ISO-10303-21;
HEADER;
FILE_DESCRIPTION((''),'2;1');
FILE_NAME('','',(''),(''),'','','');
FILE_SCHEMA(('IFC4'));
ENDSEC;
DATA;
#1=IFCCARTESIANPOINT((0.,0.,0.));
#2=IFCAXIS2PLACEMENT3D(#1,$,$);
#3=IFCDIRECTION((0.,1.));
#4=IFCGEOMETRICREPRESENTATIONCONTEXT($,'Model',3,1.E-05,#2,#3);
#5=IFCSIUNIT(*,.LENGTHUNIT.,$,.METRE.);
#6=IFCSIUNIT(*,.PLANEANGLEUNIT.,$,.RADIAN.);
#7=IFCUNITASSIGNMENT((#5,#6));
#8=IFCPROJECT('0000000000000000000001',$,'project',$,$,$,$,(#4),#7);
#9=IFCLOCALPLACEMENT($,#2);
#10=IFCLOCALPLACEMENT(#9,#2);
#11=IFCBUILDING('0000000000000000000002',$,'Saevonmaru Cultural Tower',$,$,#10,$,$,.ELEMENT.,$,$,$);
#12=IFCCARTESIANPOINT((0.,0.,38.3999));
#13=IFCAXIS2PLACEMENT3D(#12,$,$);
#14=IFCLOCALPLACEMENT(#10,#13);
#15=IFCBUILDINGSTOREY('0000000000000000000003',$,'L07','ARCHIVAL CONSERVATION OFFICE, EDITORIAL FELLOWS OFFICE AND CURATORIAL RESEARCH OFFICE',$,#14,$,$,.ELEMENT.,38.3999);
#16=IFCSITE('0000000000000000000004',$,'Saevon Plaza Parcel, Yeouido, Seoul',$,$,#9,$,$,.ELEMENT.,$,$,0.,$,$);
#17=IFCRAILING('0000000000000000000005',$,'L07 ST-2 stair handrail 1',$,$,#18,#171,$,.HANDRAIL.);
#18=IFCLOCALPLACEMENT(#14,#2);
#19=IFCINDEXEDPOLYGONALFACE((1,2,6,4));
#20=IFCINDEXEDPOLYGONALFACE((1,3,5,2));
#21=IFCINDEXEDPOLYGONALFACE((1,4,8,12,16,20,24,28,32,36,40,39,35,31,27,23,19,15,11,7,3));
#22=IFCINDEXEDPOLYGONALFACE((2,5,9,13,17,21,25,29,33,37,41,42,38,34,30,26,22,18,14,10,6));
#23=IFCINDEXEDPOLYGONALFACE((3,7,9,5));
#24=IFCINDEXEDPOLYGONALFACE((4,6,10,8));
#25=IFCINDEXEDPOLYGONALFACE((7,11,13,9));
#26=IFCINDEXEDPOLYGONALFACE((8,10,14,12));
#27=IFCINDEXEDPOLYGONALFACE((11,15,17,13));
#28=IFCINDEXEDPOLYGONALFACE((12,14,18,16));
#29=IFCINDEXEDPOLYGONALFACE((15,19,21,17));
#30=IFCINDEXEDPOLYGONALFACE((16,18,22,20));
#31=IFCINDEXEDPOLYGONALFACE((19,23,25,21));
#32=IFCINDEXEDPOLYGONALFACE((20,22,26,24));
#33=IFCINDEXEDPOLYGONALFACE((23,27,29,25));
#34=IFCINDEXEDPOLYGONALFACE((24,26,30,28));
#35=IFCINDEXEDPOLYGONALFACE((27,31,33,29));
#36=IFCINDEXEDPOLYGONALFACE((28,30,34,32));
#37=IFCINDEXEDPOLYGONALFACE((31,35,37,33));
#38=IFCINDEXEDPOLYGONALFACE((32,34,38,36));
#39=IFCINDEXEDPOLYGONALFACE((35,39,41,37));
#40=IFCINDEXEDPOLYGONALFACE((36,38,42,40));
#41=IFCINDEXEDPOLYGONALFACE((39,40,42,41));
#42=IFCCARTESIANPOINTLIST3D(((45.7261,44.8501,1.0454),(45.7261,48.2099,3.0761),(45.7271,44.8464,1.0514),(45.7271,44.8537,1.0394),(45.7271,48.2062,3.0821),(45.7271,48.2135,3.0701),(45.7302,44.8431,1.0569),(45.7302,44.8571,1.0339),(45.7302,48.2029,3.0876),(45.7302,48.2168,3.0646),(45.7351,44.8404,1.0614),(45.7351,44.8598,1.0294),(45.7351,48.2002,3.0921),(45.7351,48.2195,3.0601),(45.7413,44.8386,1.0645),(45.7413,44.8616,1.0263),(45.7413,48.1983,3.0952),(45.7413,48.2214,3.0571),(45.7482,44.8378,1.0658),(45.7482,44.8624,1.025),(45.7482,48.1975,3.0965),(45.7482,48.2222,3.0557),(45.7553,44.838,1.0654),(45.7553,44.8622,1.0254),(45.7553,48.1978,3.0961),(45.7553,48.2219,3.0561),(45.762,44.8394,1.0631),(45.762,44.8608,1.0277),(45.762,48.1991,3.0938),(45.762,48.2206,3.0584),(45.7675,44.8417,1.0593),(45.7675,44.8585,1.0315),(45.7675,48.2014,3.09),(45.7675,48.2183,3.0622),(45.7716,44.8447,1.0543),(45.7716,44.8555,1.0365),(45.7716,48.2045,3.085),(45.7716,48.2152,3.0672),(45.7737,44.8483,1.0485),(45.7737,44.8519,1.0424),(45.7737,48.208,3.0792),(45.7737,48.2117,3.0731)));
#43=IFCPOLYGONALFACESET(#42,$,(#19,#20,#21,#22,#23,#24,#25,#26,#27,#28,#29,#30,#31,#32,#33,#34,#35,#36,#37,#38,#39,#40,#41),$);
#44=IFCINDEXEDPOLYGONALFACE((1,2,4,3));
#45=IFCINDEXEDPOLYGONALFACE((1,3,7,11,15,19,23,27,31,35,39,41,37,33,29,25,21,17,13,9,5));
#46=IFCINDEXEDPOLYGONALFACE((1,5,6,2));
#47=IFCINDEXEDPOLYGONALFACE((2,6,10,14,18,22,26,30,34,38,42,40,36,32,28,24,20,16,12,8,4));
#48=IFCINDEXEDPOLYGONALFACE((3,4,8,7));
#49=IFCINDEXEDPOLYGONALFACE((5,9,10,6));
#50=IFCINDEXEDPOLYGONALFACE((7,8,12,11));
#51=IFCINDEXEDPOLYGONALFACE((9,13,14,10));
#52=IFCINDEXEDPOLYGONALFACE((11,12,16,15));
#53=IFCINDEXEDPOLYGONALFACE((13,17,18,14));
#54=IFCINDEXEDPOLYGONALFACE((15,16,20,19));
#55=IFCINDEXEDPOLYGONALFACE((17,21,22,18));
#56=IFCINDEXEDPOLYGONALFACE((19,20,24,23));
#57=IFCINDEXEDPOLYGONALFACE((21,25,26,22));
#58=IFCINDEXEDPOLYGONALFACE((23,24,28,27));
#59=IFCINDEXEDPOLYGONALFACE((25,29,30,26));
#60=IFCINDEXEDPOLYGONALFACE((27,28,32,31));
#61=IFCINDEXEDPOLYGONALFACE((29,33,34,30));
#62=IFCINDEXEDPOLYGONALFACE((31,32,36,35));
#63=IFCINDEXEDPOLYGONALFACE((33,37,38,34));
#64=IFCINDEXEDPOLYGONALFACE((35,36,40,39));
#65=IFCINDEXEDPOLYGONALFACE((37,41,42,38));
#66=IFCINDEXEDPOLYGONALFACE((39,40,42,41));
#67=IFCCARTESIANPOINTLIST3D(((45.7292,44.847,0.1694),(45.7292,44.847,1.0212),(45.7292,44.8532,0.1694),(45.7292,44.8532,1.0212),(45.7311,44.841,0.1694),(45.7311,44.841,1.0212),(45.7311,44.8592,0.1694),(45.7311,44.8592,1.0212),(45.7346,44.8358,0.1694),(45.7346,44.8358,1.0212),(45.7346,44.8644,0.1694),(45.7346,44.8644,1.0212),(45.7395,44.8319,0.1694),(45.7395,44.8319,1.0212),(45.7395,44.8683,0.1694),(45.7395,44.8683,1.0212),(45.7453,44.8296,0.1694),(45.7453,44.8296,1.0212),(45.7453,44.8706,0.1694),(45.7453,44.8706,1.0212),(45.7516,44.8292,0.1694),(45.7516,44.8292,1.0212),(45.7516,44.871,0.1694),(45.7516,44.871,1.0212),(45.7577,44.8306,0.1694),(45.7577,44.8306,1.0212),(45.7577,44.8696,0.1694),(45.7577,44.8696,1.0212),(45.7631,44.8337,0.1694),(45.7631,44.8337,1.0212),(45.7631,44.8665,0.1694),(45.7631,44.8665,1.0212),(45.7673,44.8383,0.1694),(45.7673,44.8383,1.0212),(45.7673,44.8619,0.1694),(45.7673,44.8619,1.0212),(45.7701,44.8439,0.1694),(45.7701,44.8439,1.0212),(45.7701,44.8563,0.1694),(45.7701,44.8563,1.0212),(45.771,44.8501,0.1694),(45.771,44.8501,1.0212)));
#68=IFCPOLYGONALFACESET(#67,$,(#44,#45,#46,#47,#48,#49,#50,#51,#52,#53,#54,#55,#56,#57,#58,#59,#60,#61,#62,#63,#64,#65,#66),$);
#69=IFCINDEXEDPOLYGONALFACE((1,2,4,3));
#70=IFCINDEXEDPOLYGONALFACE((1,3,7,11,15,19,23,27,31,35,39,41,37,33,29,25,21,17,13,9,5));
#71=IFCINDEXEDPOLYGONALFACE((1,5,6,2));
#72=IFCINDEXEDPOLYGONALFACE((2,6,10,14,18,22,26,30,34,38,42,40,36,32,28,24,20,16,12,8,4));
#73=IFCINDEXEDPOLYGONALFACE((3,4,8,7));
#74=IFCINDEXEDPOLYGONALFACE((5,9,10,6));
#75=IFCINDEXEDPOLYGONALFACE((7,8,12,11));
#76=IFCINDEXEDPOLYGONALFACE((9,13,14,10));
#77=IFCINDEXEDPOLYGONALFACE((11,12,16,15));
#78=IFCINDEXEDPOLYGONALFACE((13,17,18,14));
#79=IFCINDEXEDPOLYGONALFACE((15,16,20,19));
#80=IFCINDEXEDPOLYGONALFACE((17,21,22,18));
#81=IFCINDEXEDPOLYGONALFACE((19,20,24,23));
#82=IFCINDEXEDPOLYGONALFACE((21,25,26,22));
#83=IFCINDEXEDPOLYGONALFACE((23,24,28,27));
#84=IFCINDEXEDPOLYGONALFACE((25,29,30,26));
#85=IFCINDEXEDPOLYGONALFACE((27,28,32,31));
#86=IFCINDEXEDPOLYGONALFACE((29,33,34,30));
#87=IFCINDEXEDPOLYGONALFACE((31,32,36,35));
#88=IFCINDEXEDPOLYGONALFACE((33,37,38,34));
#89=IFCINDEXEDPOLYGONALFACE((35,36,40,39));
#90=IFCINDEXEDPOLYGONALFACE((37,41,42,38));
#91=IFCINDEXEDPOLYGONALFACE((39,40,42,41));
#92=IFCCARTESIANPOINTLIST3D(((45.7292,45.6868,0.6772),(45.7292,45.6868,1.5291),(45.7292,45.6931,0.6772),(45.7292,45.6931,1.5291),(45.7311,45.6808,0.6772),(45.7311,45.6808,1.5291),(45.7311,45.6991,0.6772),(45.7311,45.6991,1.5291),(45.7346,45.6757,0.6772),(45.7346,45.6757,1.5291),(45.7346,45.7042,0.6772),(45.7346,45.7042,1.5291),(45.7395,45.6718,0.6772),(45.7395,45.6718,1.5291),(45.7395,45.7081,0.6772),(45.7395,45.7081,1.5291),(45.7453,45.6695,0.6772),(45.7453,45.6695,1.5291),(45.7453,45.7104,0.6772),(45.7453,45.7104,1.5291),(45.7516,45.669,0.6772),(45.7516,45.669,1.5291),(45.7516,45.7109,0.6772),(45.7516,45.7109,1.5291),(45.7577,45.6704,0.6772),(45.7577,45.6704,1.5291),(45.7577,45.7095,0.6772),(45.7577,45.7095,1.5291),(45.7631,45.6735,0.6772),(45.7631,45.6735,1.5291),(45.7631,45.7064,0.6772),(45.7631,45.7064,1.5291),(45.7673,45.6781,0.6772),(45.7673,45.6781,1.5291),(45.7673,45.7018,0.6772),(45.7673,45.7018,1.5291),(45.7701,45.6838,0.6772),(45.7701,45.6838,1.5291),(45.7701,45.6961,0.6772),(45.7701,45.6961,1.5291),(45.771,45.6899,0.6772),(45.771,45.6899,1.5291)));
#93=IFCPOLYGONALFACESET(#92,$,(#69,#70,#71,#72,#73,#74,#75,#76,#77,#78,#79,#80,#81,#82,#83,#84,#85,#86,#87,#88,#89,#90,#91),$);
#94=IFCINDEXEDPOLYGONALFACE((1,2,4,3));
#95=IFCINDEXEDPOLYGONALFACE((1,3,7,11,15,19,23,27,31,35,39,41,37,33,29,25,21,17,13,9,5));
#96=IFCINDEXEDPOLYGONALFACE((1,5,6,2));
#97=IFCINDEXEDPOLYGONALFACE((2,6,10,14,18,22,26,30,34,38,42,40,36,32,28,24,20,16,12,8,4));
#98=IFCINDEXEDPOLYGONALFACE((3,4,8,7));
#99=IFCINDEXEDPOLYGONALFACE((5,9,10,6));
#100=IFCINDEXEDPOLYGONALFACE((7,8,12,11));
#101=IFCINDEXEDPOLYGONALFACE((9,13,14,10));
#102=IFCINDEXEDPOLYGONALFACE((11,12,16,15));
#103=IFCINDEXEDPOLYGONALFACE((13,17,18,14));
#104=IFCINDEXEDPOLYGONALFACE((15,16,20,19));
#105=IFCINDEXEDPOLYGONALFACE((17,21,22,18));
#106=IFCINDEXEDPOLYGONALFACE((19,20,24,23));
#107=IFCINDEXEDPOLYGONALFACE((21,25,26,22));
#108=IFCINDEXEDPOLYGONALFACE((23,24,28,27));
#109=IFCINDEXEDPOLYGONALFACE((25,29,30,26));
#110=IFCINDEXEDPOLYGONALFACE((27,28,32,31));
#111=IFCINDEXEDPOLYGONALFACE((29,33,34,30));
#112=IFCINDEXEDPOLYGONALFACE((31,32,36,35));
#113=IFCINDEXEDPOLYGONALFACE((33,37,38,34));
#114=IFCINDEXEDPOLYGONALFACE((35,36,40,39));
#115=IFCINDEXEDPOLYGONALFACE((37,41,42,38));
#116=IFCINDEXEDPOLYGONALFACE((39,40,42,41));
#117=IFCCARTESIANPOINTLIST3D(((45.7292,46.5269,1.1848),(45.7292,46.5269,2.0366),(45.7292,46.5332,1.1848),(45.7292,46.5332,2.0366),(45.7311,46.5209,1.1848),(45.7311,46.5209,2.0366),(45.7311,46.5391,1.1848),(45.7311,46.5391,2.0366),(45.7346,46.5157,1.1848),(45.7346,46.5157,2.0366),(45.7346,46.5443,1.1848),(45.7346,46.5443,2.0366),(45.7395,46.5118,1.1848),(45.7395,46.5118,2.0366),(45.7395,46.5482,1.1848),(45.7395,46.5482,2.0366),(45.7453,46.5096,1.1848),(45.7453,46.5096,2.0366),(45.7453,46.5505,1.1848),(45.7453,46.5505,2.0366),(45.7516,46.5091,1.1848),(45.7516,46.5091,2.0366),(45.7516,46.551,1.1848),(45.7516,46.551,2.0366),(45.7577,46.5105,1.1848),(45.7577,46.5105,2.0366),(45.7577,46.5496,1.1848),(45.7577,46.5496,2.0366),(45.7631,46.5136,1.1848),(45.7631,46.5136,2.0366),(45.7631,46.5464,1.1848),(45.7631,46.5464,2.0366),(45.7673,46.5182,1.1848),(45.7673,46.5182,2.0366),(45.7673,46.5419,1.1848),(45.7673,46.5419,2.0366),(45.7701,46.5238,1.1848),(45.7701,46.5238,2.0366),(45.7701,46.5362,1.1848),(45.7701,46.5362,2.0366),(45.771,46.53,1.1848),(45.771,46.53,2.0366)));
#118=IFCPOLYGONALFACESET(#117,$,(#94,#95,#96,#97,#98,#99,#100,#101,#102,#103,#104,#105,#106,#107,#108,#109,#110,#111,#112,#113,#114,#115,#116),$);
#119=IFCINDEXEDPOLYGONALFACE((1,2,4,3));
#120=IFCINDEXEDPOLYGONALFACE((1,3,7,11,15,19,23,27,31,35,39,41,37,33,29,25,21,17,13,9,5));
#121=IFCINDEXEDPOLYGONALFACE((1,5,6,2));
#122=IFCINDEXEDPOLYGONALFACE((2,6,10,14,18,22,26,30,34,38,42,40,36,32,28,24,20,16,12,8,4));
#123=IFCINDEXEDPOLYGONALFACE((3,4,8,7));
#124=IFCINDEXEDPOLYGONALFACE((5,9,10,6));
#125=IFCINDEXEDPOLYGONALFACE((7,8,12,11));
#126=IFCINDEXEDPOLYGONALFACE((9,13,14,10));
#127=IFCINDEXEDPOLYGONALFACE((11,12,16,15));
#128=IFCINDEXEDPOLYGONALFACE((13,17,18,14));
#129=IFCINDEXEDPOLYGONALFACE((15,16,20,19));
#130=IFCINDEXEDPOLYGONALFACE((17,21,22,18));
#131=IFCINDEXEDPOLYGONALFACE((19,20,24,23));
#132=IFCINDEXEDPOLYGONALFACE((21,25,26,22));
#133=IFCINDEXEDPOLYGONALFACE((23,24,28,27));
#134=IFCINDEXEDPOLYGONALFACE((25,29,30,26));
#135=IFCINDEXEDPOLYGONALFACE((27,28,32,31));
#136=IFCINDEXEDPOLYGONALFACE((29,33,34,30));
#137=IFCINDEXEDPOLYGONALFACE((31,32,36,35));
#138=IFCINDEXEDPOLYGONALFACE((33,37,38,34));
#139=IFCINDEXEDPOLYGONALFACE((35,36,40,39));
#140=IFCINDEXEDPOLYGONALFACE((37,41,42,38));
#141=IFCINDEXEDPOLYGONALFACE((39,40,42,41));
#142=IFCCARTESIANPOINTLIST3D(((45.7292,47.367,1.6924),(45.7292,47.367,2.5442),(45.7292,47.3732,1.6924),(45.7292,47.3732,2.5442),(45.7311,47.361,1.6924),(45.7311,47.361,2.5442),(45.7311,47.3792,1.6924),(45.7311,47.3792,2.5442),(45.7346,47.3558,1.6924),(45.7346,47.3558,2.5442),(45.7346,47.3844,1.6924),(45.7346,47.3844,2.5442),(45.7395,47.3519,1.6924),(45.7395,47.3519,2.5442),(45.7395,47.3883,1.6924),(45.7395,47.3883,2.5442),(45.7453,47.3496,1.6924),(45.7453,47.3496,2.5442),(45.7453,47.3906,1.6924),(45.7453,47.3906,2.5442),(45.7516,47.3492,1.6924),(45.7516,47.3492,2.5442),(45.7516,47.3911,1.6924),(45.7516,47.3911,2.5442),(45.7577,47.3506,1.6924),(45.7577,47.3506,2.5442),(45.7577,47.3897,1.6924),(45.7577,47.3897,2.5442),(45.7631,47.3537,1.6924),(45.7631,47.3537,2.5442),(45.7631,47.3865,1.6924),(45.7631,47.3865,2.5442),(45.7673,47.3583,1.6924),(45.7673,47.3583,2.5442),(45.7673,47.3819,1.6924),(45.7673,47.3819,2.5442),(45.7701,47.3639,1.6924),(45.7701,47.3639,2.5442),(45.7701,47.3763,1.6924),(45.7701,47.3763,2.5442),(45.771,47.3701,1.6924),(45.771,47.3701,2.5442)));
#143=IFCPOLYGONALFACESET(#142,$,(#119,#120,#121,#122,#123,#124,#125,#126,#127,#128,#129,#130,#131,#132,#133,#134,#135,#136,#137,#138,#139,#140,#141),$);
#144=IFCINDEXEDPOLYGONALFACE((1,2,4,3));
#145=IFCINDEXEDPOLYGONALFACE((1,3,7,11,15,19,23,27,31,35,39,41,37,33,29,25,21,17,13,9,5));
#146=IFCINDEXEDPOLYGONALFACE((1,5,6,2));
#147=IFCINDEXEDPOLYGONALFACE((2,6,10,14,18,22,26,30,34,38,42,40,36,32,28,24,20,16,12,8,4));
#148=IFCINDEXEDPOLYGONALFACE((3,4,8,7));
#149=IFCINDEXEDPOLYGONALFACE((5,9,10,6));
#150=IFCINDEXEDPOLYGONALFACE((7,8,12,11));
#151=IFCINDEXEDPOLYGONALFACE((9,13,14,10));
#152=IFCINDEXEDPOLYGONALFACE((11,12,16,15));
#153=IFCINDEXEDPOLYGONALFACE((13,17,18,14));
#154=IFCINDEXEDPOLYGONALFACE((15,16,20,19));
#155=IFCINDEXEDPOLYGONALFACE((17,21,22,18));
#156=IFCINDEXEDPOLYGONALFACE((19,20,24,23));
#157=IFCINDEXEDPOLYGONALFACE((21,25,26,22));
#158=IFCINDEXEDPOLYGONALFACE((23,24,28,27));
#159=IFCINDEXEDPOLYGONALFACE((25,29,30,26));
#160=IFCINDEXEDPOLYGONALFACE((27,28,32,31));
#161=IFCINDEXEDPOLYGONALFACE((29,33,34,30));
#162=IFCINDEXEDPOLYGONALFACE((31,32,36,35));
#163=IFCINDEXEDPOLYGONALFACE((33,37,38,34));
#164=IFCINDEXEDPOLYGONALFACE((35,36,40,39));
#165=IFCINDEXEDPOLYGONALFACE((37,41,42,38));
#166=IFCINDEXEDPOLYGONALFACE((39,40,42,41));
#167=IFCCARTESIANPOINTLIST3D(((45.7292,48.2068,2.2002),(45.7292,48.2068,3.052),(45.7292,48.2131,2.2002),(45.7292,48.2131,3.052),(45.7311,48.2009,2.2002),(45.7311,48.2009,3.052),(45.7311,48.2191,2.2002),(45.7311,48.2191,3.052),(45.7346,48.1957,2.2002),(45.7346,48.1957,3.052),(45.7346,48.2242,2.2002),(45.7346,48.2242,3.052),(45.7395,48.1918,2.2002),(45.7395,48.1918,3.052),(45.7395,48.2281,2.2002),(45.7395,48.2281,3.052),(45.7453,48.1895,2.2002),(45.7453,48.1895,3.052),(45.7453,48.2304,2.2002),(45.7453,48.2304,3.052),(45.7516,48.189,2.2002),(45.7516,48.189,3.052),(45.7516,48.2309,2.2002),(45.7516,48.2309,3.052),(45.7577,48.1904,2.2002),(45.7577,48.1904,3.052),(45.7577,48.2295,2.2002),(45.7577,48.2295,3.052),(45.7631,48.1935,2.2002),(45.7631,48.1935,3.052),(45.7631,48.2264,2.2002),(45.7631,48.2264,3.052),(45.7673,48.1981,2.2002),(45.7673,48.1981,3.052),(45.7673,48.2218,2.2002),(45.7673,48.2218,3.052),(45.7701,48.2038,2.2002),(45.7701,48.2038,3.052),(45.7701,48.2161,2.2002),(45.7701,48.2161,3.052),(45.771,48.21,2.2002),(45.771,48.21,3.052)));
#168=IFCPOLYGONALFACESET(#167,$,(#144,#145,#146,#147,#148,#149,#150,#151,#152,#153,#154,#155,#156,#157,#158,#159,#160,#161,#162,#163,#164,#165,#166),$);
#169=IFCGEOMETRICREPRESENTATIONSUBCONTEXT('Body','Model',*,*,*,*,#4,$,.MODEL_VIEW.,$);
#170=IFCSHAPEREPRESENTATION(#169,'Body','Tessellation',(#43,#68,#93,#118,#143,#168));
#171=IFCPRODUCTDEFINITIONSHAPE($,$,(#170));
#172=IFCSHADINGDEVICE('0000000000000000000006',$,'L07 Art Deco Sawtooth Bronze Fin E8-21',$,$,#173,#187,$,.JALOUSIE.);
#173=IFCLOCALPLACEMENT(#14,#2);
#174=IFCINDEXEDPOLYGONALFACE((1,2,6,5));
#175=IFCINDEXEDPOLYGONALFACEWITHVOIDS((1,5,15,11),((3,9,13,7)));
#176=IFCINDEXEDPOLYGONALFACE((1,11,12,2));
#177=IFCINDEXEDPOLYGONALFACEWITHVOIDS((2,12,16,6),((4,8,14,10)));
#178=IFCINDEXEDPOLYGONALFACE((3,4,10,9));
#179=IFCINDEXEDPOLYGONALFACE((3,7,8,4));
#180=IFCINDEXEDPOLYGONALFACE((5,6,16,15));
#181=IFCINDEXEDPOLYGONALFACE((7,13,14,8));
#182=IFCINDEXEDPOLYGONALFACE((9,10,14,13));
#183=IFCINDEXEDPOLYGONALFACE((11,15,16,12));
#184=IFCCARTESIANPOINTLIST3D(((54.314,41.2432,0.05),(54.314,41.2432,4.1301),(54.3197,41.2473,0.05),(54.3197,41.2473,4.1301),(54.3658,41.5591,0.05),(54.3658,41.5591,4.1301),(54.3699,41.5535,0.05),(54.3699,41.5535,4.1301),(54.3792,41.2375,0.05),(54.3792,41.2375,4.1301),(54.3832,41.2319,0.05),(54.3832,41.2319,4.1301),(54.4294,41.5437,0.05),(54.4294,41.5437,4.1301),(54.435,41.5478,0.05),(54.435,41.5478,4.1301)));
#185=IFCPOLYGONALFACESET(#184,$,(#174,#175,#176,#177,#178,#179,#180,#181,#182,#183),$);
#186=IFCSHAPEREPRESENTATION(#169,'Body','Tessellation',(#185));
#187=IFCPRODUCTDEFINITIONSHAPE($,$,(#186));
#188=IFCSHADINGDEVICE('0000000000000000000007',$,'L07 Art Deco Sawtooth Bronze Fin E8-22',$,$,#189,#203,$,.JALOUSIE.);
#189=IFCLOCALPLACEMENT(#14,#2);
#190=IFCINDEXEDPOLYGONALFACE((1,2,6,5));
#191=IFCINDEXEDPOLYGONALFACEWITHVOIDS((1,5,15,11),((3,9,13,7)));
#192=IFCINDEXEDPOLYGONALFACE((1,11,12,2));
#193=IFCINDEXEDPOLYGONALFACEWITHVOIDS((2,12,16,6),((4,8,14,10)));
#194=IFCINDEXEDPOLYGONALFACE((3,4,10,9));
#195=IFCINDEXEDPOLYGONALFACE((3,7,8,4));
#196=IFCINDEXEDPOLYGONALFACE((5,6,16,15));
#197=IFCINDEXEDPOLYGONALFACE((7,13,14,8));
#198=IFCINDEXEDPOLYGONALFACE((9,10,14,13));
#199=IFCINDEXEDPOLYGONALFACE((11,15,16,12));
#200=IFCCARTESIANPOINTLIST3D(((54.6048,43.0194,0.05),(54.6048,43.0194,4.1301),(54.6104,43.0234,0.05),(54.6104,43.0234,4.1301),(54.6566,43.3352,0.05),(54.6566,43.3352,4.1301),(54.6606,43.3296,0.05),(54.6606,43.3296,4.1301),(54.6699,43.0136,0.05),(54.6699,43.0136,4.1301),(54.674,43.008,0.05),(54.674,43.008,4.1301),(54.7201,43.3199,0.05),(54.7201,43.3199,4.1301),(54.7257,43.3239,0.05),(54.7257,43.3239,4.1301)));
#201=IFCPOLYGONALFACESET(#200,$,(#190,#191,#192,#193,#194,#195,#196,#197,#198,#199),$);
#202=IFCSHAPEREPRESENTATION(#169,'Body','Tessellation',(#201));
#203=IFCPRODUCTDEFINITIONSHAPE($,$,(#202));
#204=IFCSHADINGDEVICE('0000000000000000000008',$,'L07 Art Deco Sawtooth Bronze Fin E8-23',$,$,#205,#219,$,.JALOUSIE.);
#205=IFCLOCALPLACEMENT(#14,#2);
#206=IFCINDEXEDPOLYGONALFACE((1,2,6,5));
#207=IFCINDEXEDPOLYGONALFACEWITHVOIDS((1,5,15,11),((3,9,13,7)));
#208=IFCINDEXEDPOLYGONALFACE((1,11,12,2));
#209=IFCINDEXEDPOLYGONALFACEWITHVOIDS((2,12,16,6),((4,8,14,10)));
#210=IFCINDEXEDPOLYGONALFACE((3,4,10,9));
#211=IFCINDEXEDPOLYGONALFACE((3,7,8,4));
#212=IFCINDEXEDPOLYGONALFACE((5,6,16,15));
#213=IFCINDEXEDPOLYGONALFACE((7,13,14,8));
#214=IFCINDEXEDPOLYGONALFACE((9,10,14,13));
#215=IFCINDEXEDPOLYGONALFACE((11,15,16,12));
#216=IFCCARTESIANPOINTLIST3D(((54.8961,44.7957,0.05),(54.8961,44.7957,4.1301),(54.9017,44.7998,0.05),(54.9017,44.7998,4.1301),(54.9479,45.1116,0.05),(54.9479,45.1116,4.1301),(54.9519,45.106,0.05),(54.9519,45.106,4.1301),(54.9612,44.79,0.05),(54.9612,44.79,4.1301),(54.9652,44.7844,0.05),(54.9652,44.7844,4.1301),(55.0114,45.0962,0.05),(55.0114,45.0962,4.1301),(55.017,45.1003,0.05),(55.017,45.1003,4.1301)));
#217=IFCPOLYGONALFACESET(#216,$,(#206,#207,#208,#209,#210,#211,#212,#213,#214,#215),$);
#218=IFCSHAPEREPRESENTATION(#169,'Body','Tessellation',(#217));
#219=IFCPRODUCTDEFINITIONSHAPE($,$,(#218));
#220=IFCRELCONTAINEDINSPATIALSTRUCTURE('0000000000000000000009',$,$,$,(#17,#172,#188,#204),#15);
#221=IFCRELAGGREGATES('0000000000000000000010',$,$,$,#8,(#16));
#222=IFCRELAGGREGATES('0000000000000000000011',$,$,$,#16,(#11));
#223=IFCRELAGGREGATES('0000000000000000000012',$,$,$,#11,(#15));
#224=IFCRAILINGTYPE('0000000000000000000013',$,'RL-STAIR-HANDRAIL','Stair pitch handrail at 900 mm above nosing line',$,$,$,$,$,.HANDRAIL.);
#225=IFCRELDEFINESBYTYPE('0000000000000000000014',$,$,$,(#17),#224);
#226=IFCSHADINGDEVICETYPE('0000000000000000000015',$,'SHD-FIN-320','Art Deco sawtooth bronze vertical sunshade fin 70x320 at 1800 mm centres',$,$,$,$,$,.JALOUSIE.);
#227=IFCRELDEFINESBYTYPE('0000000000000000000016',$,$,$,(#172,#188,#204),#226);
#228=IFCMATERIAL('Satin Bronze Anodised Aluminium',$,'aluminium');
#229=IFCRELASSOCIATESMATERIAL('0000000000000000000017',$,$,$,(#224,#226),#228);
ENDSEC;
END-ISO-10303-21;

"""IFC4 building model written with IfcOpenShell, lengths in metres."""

from ifc_helpers import new_model, si_unit, direction, frame, origin, origin_2d, place, context, subcontext, project, spatial, hollow_rectangle, circle, extrude, material, material_profile, profile_set, type_object, element, save


model = new_model("IFC4")

# Units and contexts
model_context = context("Model", 3, precision=1e-05, world=origin(), true_north=direction((0.0, 1.0)))
body_context = subcontext(model_context, "Body", "Model", "MODEL_VIEW")
ifc_project = project(units=[si_unit("LENGTHUNIT", "METRE"), si_unit("PLANEANGLEUNIT", "RADIAN")], contexts=[model_context])

# Site, building, storey
site_placement = place(None, origin())
site = spatial("IfcSite", under=ifc_project, at=site_placement, Name="Saevon Plaza Parcel, Yeouido, Seoul", CompositionType="ELEMENT", RefElevation=0.0)
building_placement = place(site_placement, origin())
building = spatial("IfcBuilding", under=site, at=building_placement, Name="Saevonmaru Cultural Tower", CompositionType="ELEMENT")
storey_placement = place(building_placement, frame((0.0, 0.0, 38.3999)))
storey = spatial("IfcBuildingStorey", under=building, at=storey_placement, Name="L07", Description="ARCHIVAL CONSERVATION OFFICE, EDITORIAL FELLOWS OFFICE AND CURATORIAL RESEARCH OFFICE", CompositionType="ELEMENT", Elevation=38.3999)

# Shared definitions
ifc_material_1 = material(Name="Satin Bronze Anodised Aluminium", Category="aluminium")

# Railing
railing_type = type_object("IfcRailingType", Name="RL-STAIR-HANDRAIL", Description="Stair pitch handrail at 900 mm above nosing line", PredefinedType="HANDRAIL", material=ifc_material_1)
railing_placement = place(storey_placement, frame((45.75, 44.8501, 0.1694)))
element("IfcRailing", 1, at=railing_placement, inside=storey, type_object=railing_type, Name="L07 ST-2 stair handrail 1", PredefinedType="HANDRAIL", context=body_context, shape_type="SweptSolid", body=[
    extrude(circle(Radius=0.0239, at=origin_2d()), frame((0.0, 0.0, 0.876), z_axis=(0.0, 0.85582, 0.517273), x_axis=(-1.0, 0.0, 0.0)), (0.0, 0.0, 1.0), 3.9258),
    extrude(circle(Radius=0.021, at=origin_2d()), origin(), (0.0, 0.0, 1.0), 0.8518),
    extrude(circle(Radius=0.021, at=origin_2d()), frame((0.0, 0.8398, 0.5078)), (0.0, 0.0, 1.0), 0.8518),
    extrude(circle(Radius=0.021, at=origin_2d()), frame((0.0, 1.6799, 1.0154)), (0.0, 0.0, 1.0), 0.8518),
    extrude(circle(Radius=0.021, at=origin_2d()), frame((0.0, 2.52, 1.5229)), (0.0, 0.0, 1.0), 0.8518),
    extrude(circle(Radius=0.021, at=origin_2d()), frame((0.0, 3.3599, 2.0308)), (0.0, 0.0, 1.0), 0.8518),
])

# Shading devices
ifc_material_profile_1 = material_profile(ifc_material_1, hollow_rectangle(XDim=0.0701, YDim=0.3201, WallThickness=0.0049, at=origin_2d()), Name="FIN-320x70")
ifc_profile_set_1 = profile_set([ifc_material_profile_1], Name="Satin Bronze Anodised Aluminium")
shading_device_type = type_object("IfcShadingDeviceType", Name="SHD-FIN-320", Description="Art Deco sawtooth bronze vertical sunshade fin 70x320 at 1800 mm centres", PredefinedType="JALOUSIE", material=ifc_profile_set_1)
for number, where, z_axis, x_axis, name in (
    (2, (54.3745, 41.3955, 0.05), (0.0, 0.0, 1.0), (0.986827, -0.161776, 0.0), "L07 Art Deco Sawtooth Bronze Fin E8-21"),
    (3, (54.6653, 43.1716, 0.05), (0.0, 0.0, 1.0), (0.986827, -0.161776, 0.0), "L07 Art Deco Sawtooth Bronze Fin E8-22"),
    (4, (54.9565, 44.948, 0.05), (0.0, 0.0, 1.0), (0.986827, -0.161776, 0.0), "L07 Art Deco Sawtooth Bronze Fin E8-23"),
):
    element("IfcShadingDevice", number, at=place(storey_placement, frame(where, z_axis=z_axis, x_axis=x_axis)), inside=storey, type_object=shading_device_type, Name=name, PredefinedType="JALOUSIE", context=body_context, shape_type="SweptSolid", body=[
        extrude(hollow_rectangle(XDim=0.0701, YDim=0.3201, WallThickness=0.0049, at=origin_2d()), origin(), (0.0, 0.0, 1.0), 4.0801),
    ])

save(model, "model.ifc")
